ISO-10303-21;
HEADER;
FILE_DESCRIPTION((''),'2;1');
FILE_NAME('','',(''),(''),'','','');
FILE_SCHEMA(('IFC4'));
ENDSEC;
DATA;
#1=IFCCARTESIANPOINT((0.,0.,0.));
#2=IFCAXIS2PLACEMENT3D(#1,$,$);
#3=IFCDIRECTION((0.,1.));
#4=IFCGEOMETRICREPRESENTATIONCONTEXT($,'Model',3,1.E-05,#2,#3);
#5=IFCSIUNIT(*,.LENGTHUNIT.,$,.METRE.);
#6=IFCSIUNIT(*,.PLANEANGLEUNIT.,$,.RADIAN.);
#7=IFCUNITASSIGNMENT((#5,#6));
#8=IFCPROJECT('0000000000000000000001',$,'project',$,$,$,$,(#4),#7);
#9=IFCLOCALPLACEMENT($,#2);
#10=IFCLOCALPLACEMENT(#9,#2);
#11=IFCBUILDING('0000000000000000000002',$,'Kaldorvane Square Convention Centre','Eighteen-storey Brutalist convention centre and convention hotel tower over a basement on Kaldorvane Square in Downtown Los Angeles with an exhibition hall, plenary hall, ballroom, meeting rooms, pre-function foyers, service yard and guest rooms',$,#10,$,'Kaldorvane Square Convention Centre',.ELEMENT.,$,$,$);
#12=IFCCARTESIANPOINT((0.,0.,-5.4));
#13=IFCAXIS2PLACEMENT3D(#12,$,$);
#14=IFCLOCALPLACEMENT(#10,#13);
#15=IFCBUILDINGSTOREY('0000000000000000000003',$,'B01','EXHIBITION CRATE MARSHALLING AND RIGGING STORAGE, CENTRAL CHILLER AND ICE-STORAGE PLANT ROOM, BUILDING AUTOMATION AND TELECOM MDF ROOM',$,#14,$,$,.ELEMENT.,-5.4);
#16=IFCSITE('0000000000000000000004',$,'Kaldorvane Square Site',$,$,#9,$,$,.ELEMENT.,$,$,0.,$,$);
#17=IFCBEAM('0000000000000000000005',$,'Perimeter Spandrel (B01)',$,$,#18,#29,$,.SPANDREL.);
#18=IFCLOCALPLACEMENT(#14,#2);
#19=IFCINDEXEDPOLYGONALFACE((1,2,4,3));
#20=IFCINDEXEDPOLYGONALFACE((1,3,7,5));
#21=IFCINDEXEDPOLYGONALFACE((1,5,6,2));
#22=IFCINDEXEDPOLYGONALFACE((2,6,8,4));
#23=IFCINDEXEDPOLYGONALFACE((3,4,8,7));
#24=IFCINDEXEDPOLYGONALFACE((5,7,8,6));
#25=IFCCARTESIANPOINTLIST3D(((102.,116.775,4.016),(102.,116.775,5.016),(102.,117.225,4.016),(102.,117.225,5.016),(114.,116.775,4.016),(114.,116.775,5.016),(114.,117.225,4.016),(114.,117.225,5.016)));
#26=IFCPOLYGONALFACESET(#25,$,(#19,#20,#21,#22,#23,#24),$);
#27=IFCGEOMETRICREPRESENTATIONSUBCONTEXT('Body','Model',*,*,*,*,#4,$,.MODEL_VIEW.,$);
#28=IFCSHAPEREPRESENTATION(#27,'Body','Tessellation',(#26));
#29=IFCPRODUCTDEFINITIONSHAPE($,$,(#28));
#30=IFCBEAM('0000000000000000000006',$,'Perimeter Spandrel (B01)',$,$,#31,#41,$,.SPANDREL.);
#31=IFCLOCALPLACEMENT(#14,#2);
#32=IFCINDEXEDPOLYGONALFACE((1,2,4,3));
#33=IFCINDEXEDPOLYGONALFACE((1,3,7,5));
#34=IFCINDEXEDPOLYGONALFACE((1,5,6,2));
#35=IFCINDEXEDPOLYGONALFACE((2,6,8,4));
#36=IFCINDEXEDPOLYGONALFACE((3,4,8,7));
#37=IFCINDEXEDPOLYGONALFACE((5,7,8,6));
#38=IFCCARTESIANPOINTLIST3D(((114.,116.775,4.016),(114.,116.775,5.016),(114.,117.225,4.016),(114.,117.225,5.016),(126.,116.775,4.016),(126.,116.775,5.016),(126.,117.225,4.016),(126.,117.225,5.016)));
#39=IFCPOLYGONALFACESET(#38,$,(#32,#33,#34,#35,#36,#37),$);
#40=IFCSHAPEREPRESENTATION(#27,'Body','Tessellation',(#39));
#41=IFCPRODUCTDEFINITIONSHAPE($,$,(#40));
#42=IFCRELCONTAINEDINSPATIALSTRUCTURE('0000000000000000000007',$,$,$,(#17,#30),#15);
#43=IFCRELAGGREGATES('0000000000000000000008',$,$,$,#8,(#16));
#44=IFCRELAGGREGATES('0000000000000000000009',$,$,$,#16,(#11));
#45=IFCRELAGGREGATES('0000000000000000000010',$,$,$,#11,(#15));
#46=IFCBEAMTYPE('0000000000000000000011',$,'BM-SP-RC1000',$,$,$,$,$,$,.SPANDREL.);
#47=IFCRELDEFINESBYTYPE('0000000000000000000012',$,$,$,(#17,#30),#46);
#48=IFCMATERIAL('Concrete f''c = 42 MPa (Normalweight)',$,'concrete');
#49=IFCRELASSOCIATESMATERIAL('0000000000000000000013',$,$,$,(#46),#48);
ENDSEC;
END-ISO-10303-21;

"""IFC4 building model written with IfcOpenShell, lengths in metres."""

from ifc_helpers import new_model, si_unit, direction, frame, origin, origin_2d, place, context, subcontext, project, spatial, rectangle, extrude, material, material_profile, profile_set, type_object, element, save


model = new_model("IFC4")

# Units and contexts
model_context = context("Model", 3, precision=1e-05, world=origin(), true_north=direction((0.0, 1.0)))
body_context = subcontext(model_context, "Body", "Model", "MODEL_VIEW")
ifc_project = project(units=[si_unit("LENGTHUNIT", "METRE"), si_unit("PLANEANGLEUNIT", "RADIAN")], contexts=[model_context])

# Site, building, storey
site_placement = place(None, origin())
site = spatial("IfcSite", under=ifc_project, at=site_placement, Name="Kaldorvane Square Site", CompositionType="ELEMENT", RefElevation=0.0)
building_placement = place(site_placement, origin())
building = spatial("IfcBuilding", under=site, at=building_placement, Name="Kaldorvane Square Convention Centre", Description="Eighteen-storey Brutalist convention centre and convention hotel tower over a basement on Kaldorvane Square in Downtown Los Angeles with an exhibition hall, plenary hall, ballroom, meeting rooms, pre-function foyers, service yard and guest rooms", LongName="Kaldorvane Square Convention Centre", CompositionType="ELEMENT")
storey_placement = place(building_placement, frame((0.0, 0.0, -5.4)))
storey = spatial("IfcBuildingStorey", under=building, at=storey_placement, Name="B01", Description="EXHIBITION CRATE MARSHALLING AND RIGGING STORAGE, CENTRAL CHILLER AND ICE-STORAGE PLANT ROOM, BUILDING AUTOMATION AND TELECOM MDF ROOM", CompositionType="ELEMENT", Elevation=-5.4)

# Shared definitions
ifc_material_1 = material(Name="Concrete f'c = 42 MPa (Normalweight)", Category="concrete")

# Beams
ifc_material_profile_1 = material_profile(ifc_material_1, rectangle(XDim=0.45, YDim=1.0, at=origin_2d()), Name="RCSP1000X450")
ifc_profile_set_1 = profile_set([ifc_material_profile_1], Name="Concrete f'c = 42 MPa (Normalweight)")
beam_type_1 = type_object("IfcBeamType", Name="BM-SP-RC1000", PredefinedType="SPANDREL", material=ifc_profile_set_1)
for number, where, z_axis, x_axis, name in (
    (1, (102.0, 117.0, 4.516), (1.0, 0.0, 0.0), (0.0, 1.0, 0.0), "Perimeter Spandrel (B01)"),
    (2, (114.0, 117.0, 4.516), (1.0, 0.0, 0.0), (0.0, 1.0, 0.0), "Perimeter Spandrel (B01)"),
):
    element("IfcBeam", number, at=place(storey_placement, frame(where, z_axis=z_axis, x_axis=x_axis)), inside=storey, type_object=beam_type_1, Name=name, PredefinedType="SPANDREL", context=body_context, shape_type="SweptSolid", body=[
        extrude(rectangle(XDim=0.45, YDim=1.0, at=origin_2d()), origin(), (0.0, 0.0, 1.0), 12.0),
    ])

save(model, "model.ifc")
